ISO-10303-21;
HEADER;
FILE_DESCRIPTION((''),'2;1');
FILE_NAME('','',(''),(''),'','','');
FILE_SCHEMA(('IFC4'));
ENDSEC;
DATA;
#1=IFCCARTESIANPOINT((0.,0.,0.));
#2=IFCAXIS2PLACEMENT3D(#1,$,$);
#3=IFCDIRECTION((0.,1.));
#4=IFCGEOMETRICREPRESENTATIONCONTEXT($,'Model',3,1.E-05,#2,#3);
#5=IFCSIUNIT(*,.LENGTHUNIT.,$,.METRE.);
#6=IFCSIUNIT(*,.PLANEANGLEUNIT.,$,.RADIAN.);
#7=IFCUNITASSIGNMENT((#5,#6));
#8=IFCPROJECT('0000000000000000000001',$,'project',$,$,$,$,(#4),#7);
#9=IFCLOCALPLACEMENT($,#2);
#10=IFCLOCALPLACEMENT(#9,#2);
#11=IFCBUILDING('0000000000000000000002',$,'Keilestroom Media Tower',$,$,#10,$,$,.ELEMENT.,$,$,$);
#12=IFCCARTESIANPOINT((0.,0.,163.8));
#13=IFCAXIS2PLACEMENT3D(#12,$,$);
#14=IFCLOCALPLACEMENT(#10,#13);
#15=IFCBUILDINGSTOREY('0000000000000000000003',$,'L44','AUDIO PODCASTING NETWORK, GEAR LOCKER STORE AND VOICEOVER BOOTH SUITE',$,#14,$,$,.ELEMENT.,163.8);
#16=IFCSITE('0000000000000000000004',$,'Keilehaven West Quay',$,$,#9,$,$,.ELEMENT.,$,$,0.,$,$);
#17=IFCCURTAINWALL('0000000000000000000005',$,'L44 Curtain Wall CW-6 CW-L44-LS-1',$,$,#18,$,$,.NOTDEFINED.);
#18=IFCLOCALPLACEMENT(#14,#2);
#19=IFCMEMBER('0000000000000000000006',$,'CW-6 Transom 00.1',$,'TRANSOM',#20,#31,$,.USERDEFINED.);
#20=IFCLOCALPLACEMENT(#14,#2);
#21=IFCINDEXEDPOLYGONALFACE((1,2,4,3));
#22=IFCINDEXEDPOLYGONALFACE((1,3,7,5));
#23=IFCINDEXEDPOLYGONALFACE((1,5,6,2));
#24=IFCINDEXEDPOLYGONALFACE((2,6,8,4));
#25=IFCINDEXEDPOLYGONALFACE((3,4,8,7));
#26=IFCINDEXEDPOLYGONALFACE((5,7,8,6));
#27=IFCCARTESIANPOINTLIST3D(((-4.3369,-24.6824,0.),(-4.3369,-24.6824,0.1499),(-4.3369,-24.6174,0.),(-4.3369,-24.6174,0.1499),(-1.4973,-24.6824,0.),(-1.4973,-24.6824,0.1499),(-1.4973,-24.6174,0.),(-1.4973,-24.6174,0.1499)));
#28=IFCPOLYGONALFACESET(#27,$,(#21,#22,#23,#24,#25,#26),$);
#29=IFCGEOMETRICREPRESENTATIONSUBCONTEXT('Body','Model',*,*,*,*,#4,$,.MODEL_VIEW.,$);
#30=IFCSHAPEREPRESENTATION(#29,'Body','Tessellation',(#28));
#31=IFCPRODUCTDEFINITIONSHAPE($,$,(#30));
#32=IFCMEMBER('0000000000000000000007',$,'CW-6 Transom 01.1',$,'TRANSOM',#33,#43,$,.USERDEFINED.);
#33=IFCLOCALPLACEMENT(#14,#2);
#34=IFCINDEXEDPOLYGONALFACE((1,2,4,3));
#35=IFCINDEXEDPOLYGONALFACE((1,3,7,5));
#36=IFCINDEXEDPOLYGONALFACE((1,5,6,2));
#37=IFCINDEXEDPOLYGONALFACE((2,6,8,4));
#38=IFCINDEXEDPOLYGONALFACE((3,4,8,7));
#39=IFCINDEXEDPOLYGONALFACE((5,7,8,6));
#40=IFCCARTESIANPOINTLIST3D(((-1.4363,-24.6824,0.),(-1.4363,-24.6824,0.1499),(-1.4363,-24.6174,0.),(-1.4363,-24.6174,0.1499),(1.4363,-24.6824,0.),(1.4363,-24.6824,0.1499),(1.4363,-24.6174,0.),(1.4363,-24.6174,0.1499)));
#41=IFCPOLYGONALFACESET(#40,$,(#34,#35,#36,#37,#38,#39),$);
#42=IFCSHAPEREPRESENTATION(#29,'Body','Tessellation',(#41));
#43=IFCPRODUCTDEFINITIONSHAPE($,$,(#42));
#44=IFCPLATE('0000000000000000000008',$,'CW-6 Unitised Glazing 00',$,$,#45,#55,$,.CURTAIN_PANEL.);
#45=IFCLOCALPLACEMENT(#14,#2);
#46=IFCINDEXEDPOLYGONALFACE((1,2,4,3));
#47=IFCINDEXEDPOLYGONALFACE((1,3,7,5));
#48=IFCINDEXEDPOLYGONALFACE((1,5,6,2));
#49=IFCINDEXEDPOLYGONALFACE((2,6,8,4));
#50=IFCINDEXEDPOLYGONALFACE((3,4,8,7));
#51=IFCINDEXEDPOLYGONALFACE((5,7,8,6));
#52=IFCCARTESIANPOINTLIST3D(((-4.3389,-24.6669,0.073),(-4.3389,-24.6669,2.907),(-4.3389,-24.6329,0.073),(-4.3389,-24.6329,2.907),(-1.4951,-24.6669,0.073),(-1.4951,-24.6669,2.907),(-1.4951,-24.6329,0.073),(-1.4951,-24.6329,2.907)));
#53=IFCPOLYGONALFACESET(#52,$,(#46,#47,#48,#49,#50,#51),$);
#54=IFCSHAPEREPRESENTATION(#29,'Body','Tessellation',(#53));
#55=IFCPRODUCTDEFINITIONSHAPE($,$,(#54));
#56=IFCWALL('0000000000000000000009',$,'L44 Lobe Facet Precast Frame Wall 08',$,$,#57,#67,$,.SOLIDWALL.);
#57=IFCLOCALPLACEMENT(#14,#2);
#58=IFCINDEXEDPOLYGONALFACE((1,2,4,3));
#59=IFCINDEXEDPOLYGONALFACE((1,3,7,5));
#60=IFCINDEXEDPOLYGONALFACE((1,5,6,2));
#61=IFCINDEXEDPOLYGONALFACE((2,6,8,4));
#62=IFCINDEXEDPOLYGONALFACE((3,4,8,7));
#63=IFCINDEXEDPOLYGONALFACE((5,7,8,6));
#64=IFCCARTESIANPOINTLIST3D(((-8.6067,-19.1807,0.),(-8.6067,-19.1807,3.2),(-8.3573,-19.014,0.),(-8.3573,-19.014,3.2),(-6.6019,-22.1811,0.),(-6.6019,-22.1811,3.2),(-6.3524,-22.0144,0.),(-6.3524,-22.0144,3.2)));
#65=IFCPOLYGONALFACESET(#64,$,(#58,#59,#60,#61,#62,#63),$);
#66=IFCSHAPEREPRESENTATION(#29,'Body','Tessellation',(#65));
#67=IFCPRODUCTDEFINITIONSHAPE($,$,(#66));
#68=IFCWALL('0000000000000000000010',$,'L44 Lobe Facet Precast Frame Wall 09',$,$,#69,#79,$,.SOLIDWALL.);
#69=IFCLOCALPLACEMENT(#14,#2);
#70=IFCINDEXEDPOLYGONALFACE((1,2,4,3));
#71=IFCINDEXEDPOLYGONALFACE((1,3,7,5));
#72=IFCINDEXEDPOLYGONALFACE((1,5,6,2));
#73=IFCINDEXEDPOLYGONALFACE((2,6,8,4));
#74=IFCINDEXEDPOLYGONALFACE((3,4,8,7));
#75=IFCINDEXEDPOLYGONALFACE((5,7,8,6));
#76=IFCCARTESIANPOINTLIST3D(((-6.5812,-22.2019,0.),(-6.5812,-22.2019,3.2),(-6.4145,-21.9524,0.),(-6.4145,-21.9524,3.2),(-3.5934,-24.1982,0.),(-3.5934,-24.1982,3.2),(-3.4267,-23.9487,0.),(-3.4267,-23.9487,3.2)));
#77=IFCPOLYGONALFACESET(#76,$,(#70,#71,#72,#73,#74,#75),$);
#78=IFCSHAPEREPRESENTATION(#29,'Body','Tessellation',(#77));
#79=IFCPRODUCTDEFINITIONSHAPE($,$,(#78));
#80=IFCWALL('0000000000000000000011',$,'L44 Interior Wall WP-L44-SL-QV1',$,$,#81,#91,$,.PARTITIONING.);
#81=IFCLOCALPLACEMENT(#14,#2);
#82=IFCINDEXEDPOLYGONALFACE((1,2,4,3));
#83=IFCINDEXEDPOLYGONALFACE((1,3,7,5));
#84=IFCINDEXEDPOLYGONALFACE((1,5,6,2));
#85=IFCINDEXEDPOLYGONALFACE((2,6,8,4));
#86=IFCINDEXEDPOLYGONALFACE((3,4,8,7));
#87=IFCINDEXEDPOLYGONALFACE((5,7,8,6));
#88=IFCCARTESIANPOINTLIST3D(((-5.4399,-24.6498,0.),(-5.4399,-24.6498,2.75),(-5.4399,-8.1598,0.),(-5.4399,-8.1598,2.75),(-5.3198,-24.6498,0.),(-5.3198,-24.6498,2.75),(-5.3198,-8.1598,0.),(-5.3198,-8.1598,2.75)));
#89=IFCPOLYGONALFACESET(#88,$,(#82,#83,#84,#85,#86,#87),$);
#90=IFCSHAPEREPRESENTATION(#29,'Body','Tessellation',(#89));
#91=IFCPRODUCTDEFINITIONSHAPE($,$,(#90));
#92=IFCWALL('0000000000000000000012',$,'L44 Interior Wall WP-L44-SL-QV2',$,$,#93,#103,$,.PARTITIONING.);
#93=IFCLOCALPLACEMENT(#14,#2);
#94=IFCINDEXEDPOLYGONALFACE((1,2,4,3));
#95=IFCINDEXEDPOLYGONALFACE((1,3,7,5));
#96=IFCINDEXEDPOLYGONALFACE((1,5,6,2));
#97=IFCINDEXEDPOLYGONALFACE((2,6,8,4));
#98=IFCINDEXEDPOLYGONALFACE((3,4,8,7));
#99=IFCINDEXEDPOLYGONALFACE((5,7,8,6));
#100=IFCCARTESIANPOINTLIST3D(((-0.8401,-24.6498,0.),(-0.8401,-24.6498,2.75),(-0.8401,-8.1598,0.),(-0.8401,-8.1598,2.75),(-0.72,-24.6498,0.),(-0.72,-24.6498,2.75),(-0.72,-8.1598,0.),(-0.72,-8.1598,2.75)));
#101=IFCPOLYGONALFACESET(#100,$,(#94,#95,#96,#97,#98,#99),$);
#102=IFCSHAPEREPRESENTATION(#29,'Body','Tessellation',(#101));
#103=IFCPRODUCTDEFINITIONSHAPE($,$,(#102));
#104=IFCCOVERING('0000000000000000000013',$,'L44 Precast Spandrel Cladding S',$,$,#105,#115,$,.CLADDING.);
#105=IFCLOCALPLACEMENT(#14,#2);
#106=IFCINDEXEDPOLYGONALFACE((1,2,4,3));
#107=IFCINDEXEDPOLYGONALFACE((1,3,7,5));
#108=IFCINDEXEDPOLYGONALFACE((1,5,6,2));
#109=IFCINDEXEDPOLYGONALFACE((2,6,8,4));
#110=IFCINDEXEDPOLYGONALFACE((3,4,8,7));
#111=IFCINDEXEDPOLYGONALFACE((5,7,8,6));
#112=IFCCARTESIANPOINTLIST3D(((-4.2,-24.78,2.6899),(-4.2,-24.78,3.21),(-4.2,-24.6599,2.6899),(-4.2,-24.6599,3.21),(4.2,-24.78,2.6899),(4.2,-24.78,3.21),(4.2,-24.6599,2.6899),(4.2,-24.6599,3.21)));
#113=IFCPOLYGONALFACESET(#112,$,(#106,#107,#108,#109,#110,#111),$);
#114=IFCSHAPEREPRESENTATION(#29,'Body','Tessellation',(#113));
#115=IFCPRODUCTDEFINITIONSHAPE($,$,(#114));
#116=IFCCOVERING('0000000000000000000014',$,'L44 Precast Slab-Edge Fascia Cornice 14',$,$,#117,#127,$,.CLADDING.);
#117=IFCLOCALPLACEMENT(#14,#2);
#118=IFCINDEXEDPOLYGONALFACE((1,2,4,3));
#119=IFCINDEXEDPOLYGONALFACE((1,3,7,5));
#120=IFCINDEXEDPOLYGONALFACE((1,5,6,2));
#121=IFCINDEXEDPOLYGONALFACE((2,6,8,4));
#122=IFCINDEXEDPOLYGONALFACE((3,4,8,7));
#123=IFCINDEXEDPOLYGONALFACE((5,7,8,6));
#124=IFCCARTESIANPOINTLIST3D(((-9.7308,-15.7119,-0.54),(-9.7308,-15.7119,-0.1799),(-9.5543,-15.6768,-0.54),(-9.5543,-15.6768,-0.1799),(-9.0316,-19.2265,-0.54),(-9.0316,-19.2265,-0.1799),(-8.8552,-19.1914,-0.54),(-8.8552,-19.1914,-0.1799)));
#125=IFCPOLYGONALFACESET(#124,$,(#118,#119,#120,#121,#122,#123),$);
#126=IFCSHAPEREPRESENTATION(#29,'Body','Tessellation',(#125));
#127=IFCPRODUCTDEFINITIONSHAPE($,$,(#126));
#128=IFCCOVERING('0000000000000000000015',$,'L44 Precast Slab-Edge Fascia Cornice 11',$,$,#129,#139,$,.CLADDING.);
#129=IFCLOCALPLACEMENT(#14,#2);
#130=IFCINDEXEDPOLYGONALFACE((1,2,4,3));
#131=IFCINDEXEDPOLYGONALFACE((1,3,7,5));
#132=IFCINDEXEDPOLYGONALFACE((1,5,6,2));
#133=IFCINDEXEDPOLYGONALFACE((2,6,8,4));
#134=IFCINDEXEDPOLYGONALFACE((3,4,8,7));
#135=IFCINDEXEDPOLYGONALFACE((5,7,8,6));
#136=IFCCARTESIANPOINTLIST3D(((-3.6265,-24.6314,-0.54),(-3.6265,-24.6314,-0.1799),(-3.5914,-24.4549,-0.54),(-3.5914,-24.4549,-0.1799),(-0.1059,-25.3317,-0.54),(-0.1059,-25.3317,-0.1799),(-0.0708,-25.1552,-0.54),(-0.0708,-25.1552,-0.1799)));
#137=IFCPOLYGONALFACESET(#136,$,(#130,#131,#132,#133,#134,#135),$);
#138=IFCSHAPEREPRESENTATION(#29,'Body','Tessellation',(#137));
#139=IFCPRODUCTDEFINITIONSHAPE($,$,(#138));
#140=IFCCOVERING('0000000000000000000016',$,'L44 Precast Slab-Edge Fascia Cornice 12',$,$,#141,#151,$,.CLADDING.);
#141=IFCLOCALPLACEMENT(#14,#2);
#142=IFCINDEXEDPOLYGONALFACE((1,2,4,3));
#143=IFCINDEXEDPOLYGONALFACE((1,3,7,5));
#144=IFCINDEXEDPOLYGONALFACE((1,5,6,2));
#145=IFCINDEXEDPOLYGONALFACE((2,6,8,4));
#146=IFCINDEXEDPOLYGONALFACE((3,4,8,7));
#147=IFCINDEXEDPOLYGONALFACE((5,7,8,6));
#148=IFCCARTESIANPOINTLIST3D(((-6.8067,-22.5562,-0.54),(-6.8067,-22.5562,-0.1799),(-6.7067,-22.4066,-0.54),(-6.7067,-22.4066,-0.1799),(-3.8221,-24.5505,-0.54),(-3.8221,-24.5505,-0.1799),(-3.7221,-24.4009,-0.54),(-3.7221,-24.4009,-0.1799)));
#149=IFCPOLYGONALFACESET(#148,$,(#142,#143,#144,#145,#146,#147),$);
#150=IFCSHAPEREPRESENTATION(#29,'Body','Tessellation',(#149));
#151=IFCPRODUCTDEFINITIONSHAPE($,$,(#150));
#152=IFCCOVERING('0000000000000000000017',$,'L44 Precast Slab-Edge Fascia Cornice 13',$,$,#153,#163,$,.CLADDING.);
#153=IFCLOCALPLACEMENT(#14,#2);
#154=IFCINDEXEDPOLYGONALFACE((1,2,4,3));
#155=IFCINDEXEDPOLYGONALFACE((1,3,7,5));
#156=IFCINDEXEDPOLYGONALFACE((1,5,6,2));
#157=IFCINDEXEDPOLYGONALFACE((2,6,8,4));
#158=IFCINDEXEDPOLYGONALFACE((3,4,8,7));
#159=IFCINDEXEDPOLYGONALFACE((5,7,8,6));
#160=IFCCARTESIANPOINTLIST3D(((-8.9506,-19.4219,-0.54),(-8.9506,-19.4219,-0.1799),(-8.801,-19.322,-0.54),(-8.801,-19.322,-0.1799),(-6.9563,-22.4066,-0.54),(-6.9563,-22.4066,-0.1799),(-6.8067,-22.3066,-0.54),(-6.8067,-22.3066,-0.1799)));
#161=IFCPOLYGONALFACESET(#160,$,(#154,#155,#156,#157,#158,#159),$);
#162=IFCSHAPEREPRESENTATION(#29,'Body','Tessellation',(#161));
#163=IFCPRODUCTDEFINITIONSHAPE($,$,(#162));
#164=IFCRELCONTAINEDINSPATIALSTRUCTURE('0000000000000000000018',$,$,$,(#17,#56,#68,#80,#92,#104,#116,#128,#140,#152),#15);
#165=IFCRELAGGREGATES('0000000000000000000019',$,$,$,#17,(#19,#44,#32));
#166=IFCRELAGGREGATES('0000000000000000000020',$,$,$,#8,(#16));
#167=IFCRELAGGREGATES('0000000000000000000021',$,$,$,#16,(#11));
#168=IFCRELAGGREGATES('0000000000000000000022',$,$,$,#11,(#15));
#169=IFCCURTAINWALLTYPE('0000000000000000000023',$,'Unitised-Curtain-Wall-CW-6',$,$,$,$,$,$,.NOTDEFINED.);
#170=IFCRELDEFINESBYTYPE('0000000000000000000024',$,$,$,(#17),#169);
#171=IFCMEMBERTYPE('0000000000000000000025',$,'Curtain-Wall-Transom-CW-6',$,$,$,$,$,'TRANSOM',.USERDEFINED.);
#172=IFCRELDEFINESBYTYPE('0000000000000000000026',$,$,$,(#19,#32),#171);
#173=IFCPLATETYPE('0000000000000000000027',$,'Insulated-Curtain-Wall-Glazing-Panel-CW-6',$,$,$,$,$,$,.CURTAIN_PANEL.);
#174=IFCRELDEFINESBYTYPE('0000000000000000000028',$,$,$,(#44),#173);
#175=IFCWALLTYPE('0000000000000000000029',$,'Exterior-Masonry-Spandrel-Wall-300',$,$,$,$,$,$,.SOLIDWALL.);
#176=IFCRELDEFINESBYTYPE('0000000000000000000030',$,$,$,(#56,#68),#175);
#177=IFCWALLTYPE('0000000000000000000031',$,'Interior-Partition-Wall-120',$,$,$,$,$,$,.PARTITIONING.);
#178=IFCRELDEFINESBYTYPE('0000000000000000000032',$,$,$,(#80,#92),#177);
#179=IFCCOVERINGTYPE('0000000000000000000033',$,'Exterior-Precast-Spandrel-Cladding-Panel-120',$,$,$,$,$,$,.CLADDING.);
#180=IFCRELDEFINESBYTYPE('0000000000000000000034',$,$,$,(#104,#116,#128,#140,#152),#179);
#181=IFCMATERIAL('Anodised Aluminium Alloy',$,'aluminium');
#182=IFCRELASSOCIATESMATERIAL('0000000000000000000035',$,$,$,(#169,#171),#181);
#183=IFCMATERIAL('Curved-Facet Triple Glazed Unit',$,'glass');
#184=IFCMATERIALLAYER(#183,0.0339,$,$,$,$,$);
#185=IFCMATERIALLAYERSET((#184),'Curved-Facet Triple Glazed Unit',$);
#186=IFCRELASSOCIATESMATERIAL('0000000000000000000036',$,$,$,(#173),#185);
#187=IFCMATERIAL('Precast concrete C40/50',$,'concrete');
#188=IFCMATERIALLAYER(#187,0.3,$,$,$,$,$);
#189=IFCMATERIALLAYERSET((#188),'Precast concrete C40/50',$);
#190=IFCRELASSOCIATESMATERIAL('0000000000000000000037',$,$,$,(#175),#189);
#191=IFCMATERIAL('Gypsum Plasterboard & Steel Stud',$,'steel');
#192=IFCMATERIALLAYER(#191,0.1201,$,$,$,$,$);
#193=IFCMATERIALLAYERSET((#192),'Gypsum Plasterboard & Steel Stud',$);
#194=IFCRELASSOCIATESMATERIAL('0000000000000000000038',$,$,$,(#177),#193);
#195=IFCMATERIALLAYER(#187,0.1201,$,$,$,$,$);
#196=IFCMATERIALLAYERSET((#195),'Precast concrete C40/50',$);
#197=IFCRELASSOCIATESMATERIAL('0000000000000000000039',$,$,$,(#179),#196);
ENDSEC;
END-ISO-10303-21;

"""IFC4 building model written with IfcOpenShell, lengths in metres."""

from ifc_helpers import new_model, si_unit, direction, frame, frame_2d, origin, origin_2d, place, context, subcontext, project, spatial, rectangle, extrude, source, transform, mapped, material, layer, layer_set, material_profile, profile_set, type_object, element, aggregate, save


model = new_model("IFC4")

# Units and contexts
model_context = context("Model", 3, precision=1e-05, world=origin(), true_north=direction((0.0, 1.0)))
body_context = subcontext(model_context, "Body", "Model", "MODEL_VIEW")
ifc_project = project(units=[si_unit("LENGTHUNIT", "METRE"), si_unit("PLANEANGLEUNIT", "RADIAN")], contexts=[model_context])

# Site, building, storey
site_placement = place(None, origin())
site = spatial("IfcSite", under=ifc_project, at=site_placement, Name="Keilehaven West Quay", CompositionType="ELEMENT", RefElevation=0.0)
building_placement = place(site_placement, origin())
building = spatial("IfcBuilding", under=site, at=building_placement, Name="Keilestroom Media Tower", CompositionType="ELEMENT")
storey_placement = place(building_placement, frame((0.0, 0.0, 163.8)))
storey = spatial("IfcBuildingStorey", under=building, at=storey_placement, Name="L44", Description="AUDIO PODCASTING NETWORK, GEAR LOCKER STORE AND VOICEOVER BOOTH SUITE", CompositionType="ELEMENT", Elevation=163.8)

# Curtain wall, members, plate
ifc_material_1 = material(Name="Anodised Aluminium Alloy", Category="aluminium")
curtain_wall_type = type_object("IfcCurtainWallType", Name="Unitised-Curtain-Wall-CW-6", PredefinedType="NOTDEFINED", material=ifc_material_1)
curtain_wall_placement = place(storey_placement, origin())
curtain_wall = element("IfcCurtainWall", 1, at=curtain_wall_placement, inside=storey, type_object=curtain_wall_type, Name="L44 Curtain Wall CW-6 CW-L44-LS-1", PredefinedType="NOTDEFINED")
ifc_material_profile_1 = material_profile(ifc_material_1, rectangle(XDim=0.0649, YDim=0.1499, at=origin_2d()), Name="ALU TRANSOM 65x150")
ifc_profile_set_1 = profile_set([ifc_material_profile_1], Name="Anodised Aluminium Alloy")
member_type_1 = type_object("IfcMemberType", Name="Curtain-Wall-Transom-CW-6", ElementType="TRANSOM", PredefinedType="USERDEFINED", material=ifc_profile_set_1)
shared_shape_1 = source(origin(), body_context, "Body", "SweptSolid", [
    extrude(rectangle(XDim=0.0649, YDim=0.1499, at=origin_2d()), origin(), (0.0, 0.0, 1.0), 2.8396),
])
member_1_placement = place(storey_placement, frame((-4.3369, -24.6499, 0.075), z_axis=(1.0, 0.0, 0.0), x_axis=(0.0, 1.0, 0.0)))
member_1 = element("IfcMember", 2, at=member_1_placement, type_object=member_type_1, Name="CW-6 Transom 00.1", ObjectType="TRANSOM", PredefinedType="USERDEFINED", context=body_context, shape_type="MappedRepresentation", body=[
    mapped(shared_shape_1, transform((0.0, 0.0, 0.0), x_axis=(1.0, 0.0, 0.0), y_axis=(0.0, 1.0, 0.0), z_axis=(0.0, 0.0, 1.0), scale=1.0)),
])
shared_shape_2 = source(origin(), body_context, "Body", "SweptSolid", [
    extrude(rectangle(XDim=0.0649, YDim=0.1499, at=origin_2d()), origin(), (0.0, 0.0, 1.0), 2.8726),
])
member_2_placement = place(storey_placement, frame((-1.4363, -24.6499, 0.075), z_axis=(1.0, 0.0, 0.0), x_axis=(0.0, 1.0, 0.0)))
member_2 = element("IfcMember", 3, at=member_2_placement, type_object=member_type_1, Name="CW-6 Transom 01.1", ObjectType="TRANSOM", PredefinedType="USERDEFINED", context=body_context, shape_type="MappedRepresentation", body=[
    mapped(shared_shape_2, transform((0.0, 0.0, 0.0), x_axis=(1.0, 0.0, 0.0), y_axis=(0.0, 1.0, 0.0), z_axis=(0.0, 0.0, 1.0), scale=1.0)),
])
ifc_material_2 = material(Name="Curved-Facet Triple Glazed Unit", Category="glass")
ifc_layer_1 = layer(ifc_material_2, 0.0339)
ifc_layer_set_1 = layer_set([ifc_layer_1], Name="Curved-Facet Triple Glazed Unit")
plate_type = type_object("IfcPlateType", Name="Insulated-Curtain-Wall-Glazing-Panel-CW-6", PredefinedType="CURTAIN_PANEL", material=ifc_layer_set_1)
shared_shape_3 = source(origin(), body_context, "Body", "SweptSolid", [
    extrude(rectangle(XDim=2.8438, YDim=0.0339, at=origin_2d()), origin(), (0.0, 0.0, 1.0), 2.834),
])
plate_placement = place(storey_placement, frame((-2.917, -24.6499, 0.073), z_axis=(0.0, 0.0, 1.0), x_axis=(1.0, 0.0, 0.0)))
plate = element("IfcPlate", 4, at=plate_placement, type_object=plate_type, Name="CW-6 Unitised Glazing 00", PredefinedType="CURTAIN_PANEL", context=body_context, shape_type="MappedRepresentation", body=[
    mapped(shared_shape_3, transform((0.0, 0.0, 0.0), x_axis=(1.0, 0.0, 0.0), y_axis=(0.0, 1.0, 0.0), z_axis=(0.0, 0.0, 1.0), scale=1.0)),
])
aggregate(curtain_wall, [member_1, plate, member_2])

# Walls
ifc_material_3 = material(Name="Precast concrete C40/50", Category="concrete")
ifc_layer_2 = layer(ifc_material_3, 0.3)
ifc_layer_set_2 = layer_set([ifc_layer_2], Name="Precast concrete C40/50")
wall_type_1 = type_object("IfcWallType", Name="Exterior-Masonry-Spandrel-Wall-300", PredefinedType="SOLIDWALL", material=ifc_layer_set_2)
wall_1_placement = place(storey_placement, frame((-8.4819, -19.0974, 0.0), z_axis=(0.0, 0.0, 1.0), x_axis=(0.555574, -0.831467, 0.0)))
element("IfcWall", 5, at=wall_1_placement, inside=storey, type_object=wall_type_1, Name="L44 Lobe Facet Precast Frame Wall 08", PredefinedType="SOLIDWALL", context=body_context, shape_type="SweptSolid", body=[
    extrude(rectangle(XDim=3.6086, YDim=0.3, at=frame_2d((1.8042, 0.0))), origin(), (0.0, 0.0, 1.0), 3.2),
])
wall_2_placement = place(storey_placement, frame((-6.4978, -22.0771, 0.0), z_axis=(0.0, 0.0, 1.0), x_axis=(0.831475, -0.555562, 0.0)))
element("IfcWall", 6, at=wall_2_placement, inside=storey, type_object=wall_type_1, Name="L44 Lobe Facet Precast Frame Wall 09", PredefinedType="SOLIDWALL", context=body_context, shape_type="SweptSolid", body=[
    extrude(rectangle(XDim=3.5933, YDim=0.3, at=frame_2d((1.7966, 0.0))), origin(), (0.0, 0.0, 1.0), 3.2),
])
ifc_material_4 = material(Name="Gypsum Plasterboard & Steel Stud", Category="steel")
ifc_layer_3 = layer(ifc_material_4, 0.1201)
ifc_layer_set_3 = layer_set([ifc_layer_3], Name="Gypsum Plasterboard & Steel Stud")
wall_type_2 = type_object("IfcWallType", Name="Interior-Partition-Wall-120", PredefinedType="PARTITIONING", material=ifc_layer_set_3)
for number, where, z_axis, x_axis, name in (
    (7, (-5.3799, -24.6499, 0.0), (0.0, 0.0, 1.0), (0.0, 1.0, 0.0), "L44 Interior Wall WP-L44-SL-QV1"),
    (8, (-0.78, -24.6499, 0.0), (0.0, 0.0, 1.0), (0.0, 1.0, 0.0), "L44 Interior Wall WP-L44-SL-QV2"),
):
    element("IfcWall", number, at=place(storey_placement, frame(where, z_axis=z_axis, x_axis=x_axis)), inside=storey, type_object=wall_type_2, Name=name, PredefinedType="PARTITIONING", context=body_context, shape_type="SweptSolid", body=[
        extrude(rectangle(XDim=16.49, YDim=0.1201, at=frame_2d((8.2451, 0.0))), origin(), (0.0, 0.0, 1.0), 2.75),
    ])

# Coverings
ifc_layer_4 = layer(ifc_material_3, 0.1201)
ifc_layer_set_4 = layer_set([ifc_layer_4], Name="Precast concrete C40/50")
covering_type = type_object("IfcCoveringType", Name="Exterior-Precast-Spandrel-Cladding-Panel-120", PredefinedType="CLADDING", material=ifc_layer_set_4)
shared_shape_4 = source(origin(), body_context, "Body", "SweptSolid", [
    extrude(rectangle(XDim=8.3999, YDim=0.1201, at=origin_2d()), origin(), (0.0, 0.0, 1.0), 0.52),
])
covering_1_placement = place(storey_placement, frame((0.0, -24.72, 2.6899), z_axis=(0.0, 0.0, 1.0), x_axis=(1.0, 0.0, 0.0)))
element("IfcCovering", 9, at=covering_1_placement, inside=storey, type_object=covering_type, Name="L44 Precast Spandrel Cladding S", PredefinedType="CLADDING", context=body_context, shape_type="MappedRepresentation", body=[
    mapped(shared_shape_4, transform((0.0, 0.0, 0.0), x_axis=(1.0, 0.0, 0.0), y_axis=(0.0, 1.0, 0.0), z_axis=(0.0, 0.0, 1.0), scale=1.0)),
])
shared_shape_5 = source(origin(), body_context, "Body", "SweptSolid", [
    extrude(rectangle(XDim=3.5835, YDim=0.1799, at=origin_2d()), origin(), (0.0, 0.0, 1.0), 0.3601),
])
covering_2_placement = place(storey_placement, frame((-9.293, -17.4517, -0.54), z_axis=(0.0, 0.0, 1.0), x_axis=(-0.195099, 0.980784, 0.0)))
element("IfcCovering", 10, at=covering_2_placement, inside=storey, type_object=covering_type, Name="L44 Precast Slab-Edge Fascia Cornice 14", PredefinedType="CLADDING", context=body_context, shape_type="MappedRepresentation", body=[
    mapped(shared_shape_5, transform((0.0, 0.0, 0.0), x_axis=(1.0, 0.0, 0.0), y_axis=(0.0, 1.0, 0.0), z_axis=(0.0, 0.0, 1.0), scale=1.0)),
])
shared_shape_6 = source(origin(), body_context, "Body", "SweptSolid", [
    extrude(rectangle(XDim=3.5896, YDim=0.1799, at=origin_2d()), origin(), (0.0, 0.0, 1.0), 0.3601),
])
for number, where, z_axis, x_axis, name in (
    (11, (-1.8486, -24.8933, -0.54), (0.0, 0.0, 1.0), (-0.980784, 0.195099, 0.0), "L44 Precast Slab-Edge Fascia Cornice 11"),
    (12, (-5.2644, -23.4785, -0.54), (0.0, 0.0, 1.0), (-0.831467, 0.555575, 0.0), "L44 Precast Slab-Edge Fascia Cornice 12"),
    (13, (-7.8787, -20.8643, -0.54), (0.0, 0.0, 1.0), (-0.555575, 0.831467, 0.0), "L44 Precast Slab-Edge Fascia Cornice 13"),
):
    element("IfcCovering", number, at=place(storey_placement, frame(where, z_axis=z_axis, x_axis=x_axis)), inside=storey, type_object=covering_type, Name=name, PredefinedType="CLADDING", context=body_context, shape_type="MappedRepresentation", body=[
        mapped(shared_shape_6, transform((0.0, 0.0, 0.0), x_axis=(1.0, 0.0, 0.0), y_axis=(0.0, 1.0, 0.0), z_axis=(0.0, 0.0, 1.0), scale=1.0)),
    ])

save(model, "model.ifc")
